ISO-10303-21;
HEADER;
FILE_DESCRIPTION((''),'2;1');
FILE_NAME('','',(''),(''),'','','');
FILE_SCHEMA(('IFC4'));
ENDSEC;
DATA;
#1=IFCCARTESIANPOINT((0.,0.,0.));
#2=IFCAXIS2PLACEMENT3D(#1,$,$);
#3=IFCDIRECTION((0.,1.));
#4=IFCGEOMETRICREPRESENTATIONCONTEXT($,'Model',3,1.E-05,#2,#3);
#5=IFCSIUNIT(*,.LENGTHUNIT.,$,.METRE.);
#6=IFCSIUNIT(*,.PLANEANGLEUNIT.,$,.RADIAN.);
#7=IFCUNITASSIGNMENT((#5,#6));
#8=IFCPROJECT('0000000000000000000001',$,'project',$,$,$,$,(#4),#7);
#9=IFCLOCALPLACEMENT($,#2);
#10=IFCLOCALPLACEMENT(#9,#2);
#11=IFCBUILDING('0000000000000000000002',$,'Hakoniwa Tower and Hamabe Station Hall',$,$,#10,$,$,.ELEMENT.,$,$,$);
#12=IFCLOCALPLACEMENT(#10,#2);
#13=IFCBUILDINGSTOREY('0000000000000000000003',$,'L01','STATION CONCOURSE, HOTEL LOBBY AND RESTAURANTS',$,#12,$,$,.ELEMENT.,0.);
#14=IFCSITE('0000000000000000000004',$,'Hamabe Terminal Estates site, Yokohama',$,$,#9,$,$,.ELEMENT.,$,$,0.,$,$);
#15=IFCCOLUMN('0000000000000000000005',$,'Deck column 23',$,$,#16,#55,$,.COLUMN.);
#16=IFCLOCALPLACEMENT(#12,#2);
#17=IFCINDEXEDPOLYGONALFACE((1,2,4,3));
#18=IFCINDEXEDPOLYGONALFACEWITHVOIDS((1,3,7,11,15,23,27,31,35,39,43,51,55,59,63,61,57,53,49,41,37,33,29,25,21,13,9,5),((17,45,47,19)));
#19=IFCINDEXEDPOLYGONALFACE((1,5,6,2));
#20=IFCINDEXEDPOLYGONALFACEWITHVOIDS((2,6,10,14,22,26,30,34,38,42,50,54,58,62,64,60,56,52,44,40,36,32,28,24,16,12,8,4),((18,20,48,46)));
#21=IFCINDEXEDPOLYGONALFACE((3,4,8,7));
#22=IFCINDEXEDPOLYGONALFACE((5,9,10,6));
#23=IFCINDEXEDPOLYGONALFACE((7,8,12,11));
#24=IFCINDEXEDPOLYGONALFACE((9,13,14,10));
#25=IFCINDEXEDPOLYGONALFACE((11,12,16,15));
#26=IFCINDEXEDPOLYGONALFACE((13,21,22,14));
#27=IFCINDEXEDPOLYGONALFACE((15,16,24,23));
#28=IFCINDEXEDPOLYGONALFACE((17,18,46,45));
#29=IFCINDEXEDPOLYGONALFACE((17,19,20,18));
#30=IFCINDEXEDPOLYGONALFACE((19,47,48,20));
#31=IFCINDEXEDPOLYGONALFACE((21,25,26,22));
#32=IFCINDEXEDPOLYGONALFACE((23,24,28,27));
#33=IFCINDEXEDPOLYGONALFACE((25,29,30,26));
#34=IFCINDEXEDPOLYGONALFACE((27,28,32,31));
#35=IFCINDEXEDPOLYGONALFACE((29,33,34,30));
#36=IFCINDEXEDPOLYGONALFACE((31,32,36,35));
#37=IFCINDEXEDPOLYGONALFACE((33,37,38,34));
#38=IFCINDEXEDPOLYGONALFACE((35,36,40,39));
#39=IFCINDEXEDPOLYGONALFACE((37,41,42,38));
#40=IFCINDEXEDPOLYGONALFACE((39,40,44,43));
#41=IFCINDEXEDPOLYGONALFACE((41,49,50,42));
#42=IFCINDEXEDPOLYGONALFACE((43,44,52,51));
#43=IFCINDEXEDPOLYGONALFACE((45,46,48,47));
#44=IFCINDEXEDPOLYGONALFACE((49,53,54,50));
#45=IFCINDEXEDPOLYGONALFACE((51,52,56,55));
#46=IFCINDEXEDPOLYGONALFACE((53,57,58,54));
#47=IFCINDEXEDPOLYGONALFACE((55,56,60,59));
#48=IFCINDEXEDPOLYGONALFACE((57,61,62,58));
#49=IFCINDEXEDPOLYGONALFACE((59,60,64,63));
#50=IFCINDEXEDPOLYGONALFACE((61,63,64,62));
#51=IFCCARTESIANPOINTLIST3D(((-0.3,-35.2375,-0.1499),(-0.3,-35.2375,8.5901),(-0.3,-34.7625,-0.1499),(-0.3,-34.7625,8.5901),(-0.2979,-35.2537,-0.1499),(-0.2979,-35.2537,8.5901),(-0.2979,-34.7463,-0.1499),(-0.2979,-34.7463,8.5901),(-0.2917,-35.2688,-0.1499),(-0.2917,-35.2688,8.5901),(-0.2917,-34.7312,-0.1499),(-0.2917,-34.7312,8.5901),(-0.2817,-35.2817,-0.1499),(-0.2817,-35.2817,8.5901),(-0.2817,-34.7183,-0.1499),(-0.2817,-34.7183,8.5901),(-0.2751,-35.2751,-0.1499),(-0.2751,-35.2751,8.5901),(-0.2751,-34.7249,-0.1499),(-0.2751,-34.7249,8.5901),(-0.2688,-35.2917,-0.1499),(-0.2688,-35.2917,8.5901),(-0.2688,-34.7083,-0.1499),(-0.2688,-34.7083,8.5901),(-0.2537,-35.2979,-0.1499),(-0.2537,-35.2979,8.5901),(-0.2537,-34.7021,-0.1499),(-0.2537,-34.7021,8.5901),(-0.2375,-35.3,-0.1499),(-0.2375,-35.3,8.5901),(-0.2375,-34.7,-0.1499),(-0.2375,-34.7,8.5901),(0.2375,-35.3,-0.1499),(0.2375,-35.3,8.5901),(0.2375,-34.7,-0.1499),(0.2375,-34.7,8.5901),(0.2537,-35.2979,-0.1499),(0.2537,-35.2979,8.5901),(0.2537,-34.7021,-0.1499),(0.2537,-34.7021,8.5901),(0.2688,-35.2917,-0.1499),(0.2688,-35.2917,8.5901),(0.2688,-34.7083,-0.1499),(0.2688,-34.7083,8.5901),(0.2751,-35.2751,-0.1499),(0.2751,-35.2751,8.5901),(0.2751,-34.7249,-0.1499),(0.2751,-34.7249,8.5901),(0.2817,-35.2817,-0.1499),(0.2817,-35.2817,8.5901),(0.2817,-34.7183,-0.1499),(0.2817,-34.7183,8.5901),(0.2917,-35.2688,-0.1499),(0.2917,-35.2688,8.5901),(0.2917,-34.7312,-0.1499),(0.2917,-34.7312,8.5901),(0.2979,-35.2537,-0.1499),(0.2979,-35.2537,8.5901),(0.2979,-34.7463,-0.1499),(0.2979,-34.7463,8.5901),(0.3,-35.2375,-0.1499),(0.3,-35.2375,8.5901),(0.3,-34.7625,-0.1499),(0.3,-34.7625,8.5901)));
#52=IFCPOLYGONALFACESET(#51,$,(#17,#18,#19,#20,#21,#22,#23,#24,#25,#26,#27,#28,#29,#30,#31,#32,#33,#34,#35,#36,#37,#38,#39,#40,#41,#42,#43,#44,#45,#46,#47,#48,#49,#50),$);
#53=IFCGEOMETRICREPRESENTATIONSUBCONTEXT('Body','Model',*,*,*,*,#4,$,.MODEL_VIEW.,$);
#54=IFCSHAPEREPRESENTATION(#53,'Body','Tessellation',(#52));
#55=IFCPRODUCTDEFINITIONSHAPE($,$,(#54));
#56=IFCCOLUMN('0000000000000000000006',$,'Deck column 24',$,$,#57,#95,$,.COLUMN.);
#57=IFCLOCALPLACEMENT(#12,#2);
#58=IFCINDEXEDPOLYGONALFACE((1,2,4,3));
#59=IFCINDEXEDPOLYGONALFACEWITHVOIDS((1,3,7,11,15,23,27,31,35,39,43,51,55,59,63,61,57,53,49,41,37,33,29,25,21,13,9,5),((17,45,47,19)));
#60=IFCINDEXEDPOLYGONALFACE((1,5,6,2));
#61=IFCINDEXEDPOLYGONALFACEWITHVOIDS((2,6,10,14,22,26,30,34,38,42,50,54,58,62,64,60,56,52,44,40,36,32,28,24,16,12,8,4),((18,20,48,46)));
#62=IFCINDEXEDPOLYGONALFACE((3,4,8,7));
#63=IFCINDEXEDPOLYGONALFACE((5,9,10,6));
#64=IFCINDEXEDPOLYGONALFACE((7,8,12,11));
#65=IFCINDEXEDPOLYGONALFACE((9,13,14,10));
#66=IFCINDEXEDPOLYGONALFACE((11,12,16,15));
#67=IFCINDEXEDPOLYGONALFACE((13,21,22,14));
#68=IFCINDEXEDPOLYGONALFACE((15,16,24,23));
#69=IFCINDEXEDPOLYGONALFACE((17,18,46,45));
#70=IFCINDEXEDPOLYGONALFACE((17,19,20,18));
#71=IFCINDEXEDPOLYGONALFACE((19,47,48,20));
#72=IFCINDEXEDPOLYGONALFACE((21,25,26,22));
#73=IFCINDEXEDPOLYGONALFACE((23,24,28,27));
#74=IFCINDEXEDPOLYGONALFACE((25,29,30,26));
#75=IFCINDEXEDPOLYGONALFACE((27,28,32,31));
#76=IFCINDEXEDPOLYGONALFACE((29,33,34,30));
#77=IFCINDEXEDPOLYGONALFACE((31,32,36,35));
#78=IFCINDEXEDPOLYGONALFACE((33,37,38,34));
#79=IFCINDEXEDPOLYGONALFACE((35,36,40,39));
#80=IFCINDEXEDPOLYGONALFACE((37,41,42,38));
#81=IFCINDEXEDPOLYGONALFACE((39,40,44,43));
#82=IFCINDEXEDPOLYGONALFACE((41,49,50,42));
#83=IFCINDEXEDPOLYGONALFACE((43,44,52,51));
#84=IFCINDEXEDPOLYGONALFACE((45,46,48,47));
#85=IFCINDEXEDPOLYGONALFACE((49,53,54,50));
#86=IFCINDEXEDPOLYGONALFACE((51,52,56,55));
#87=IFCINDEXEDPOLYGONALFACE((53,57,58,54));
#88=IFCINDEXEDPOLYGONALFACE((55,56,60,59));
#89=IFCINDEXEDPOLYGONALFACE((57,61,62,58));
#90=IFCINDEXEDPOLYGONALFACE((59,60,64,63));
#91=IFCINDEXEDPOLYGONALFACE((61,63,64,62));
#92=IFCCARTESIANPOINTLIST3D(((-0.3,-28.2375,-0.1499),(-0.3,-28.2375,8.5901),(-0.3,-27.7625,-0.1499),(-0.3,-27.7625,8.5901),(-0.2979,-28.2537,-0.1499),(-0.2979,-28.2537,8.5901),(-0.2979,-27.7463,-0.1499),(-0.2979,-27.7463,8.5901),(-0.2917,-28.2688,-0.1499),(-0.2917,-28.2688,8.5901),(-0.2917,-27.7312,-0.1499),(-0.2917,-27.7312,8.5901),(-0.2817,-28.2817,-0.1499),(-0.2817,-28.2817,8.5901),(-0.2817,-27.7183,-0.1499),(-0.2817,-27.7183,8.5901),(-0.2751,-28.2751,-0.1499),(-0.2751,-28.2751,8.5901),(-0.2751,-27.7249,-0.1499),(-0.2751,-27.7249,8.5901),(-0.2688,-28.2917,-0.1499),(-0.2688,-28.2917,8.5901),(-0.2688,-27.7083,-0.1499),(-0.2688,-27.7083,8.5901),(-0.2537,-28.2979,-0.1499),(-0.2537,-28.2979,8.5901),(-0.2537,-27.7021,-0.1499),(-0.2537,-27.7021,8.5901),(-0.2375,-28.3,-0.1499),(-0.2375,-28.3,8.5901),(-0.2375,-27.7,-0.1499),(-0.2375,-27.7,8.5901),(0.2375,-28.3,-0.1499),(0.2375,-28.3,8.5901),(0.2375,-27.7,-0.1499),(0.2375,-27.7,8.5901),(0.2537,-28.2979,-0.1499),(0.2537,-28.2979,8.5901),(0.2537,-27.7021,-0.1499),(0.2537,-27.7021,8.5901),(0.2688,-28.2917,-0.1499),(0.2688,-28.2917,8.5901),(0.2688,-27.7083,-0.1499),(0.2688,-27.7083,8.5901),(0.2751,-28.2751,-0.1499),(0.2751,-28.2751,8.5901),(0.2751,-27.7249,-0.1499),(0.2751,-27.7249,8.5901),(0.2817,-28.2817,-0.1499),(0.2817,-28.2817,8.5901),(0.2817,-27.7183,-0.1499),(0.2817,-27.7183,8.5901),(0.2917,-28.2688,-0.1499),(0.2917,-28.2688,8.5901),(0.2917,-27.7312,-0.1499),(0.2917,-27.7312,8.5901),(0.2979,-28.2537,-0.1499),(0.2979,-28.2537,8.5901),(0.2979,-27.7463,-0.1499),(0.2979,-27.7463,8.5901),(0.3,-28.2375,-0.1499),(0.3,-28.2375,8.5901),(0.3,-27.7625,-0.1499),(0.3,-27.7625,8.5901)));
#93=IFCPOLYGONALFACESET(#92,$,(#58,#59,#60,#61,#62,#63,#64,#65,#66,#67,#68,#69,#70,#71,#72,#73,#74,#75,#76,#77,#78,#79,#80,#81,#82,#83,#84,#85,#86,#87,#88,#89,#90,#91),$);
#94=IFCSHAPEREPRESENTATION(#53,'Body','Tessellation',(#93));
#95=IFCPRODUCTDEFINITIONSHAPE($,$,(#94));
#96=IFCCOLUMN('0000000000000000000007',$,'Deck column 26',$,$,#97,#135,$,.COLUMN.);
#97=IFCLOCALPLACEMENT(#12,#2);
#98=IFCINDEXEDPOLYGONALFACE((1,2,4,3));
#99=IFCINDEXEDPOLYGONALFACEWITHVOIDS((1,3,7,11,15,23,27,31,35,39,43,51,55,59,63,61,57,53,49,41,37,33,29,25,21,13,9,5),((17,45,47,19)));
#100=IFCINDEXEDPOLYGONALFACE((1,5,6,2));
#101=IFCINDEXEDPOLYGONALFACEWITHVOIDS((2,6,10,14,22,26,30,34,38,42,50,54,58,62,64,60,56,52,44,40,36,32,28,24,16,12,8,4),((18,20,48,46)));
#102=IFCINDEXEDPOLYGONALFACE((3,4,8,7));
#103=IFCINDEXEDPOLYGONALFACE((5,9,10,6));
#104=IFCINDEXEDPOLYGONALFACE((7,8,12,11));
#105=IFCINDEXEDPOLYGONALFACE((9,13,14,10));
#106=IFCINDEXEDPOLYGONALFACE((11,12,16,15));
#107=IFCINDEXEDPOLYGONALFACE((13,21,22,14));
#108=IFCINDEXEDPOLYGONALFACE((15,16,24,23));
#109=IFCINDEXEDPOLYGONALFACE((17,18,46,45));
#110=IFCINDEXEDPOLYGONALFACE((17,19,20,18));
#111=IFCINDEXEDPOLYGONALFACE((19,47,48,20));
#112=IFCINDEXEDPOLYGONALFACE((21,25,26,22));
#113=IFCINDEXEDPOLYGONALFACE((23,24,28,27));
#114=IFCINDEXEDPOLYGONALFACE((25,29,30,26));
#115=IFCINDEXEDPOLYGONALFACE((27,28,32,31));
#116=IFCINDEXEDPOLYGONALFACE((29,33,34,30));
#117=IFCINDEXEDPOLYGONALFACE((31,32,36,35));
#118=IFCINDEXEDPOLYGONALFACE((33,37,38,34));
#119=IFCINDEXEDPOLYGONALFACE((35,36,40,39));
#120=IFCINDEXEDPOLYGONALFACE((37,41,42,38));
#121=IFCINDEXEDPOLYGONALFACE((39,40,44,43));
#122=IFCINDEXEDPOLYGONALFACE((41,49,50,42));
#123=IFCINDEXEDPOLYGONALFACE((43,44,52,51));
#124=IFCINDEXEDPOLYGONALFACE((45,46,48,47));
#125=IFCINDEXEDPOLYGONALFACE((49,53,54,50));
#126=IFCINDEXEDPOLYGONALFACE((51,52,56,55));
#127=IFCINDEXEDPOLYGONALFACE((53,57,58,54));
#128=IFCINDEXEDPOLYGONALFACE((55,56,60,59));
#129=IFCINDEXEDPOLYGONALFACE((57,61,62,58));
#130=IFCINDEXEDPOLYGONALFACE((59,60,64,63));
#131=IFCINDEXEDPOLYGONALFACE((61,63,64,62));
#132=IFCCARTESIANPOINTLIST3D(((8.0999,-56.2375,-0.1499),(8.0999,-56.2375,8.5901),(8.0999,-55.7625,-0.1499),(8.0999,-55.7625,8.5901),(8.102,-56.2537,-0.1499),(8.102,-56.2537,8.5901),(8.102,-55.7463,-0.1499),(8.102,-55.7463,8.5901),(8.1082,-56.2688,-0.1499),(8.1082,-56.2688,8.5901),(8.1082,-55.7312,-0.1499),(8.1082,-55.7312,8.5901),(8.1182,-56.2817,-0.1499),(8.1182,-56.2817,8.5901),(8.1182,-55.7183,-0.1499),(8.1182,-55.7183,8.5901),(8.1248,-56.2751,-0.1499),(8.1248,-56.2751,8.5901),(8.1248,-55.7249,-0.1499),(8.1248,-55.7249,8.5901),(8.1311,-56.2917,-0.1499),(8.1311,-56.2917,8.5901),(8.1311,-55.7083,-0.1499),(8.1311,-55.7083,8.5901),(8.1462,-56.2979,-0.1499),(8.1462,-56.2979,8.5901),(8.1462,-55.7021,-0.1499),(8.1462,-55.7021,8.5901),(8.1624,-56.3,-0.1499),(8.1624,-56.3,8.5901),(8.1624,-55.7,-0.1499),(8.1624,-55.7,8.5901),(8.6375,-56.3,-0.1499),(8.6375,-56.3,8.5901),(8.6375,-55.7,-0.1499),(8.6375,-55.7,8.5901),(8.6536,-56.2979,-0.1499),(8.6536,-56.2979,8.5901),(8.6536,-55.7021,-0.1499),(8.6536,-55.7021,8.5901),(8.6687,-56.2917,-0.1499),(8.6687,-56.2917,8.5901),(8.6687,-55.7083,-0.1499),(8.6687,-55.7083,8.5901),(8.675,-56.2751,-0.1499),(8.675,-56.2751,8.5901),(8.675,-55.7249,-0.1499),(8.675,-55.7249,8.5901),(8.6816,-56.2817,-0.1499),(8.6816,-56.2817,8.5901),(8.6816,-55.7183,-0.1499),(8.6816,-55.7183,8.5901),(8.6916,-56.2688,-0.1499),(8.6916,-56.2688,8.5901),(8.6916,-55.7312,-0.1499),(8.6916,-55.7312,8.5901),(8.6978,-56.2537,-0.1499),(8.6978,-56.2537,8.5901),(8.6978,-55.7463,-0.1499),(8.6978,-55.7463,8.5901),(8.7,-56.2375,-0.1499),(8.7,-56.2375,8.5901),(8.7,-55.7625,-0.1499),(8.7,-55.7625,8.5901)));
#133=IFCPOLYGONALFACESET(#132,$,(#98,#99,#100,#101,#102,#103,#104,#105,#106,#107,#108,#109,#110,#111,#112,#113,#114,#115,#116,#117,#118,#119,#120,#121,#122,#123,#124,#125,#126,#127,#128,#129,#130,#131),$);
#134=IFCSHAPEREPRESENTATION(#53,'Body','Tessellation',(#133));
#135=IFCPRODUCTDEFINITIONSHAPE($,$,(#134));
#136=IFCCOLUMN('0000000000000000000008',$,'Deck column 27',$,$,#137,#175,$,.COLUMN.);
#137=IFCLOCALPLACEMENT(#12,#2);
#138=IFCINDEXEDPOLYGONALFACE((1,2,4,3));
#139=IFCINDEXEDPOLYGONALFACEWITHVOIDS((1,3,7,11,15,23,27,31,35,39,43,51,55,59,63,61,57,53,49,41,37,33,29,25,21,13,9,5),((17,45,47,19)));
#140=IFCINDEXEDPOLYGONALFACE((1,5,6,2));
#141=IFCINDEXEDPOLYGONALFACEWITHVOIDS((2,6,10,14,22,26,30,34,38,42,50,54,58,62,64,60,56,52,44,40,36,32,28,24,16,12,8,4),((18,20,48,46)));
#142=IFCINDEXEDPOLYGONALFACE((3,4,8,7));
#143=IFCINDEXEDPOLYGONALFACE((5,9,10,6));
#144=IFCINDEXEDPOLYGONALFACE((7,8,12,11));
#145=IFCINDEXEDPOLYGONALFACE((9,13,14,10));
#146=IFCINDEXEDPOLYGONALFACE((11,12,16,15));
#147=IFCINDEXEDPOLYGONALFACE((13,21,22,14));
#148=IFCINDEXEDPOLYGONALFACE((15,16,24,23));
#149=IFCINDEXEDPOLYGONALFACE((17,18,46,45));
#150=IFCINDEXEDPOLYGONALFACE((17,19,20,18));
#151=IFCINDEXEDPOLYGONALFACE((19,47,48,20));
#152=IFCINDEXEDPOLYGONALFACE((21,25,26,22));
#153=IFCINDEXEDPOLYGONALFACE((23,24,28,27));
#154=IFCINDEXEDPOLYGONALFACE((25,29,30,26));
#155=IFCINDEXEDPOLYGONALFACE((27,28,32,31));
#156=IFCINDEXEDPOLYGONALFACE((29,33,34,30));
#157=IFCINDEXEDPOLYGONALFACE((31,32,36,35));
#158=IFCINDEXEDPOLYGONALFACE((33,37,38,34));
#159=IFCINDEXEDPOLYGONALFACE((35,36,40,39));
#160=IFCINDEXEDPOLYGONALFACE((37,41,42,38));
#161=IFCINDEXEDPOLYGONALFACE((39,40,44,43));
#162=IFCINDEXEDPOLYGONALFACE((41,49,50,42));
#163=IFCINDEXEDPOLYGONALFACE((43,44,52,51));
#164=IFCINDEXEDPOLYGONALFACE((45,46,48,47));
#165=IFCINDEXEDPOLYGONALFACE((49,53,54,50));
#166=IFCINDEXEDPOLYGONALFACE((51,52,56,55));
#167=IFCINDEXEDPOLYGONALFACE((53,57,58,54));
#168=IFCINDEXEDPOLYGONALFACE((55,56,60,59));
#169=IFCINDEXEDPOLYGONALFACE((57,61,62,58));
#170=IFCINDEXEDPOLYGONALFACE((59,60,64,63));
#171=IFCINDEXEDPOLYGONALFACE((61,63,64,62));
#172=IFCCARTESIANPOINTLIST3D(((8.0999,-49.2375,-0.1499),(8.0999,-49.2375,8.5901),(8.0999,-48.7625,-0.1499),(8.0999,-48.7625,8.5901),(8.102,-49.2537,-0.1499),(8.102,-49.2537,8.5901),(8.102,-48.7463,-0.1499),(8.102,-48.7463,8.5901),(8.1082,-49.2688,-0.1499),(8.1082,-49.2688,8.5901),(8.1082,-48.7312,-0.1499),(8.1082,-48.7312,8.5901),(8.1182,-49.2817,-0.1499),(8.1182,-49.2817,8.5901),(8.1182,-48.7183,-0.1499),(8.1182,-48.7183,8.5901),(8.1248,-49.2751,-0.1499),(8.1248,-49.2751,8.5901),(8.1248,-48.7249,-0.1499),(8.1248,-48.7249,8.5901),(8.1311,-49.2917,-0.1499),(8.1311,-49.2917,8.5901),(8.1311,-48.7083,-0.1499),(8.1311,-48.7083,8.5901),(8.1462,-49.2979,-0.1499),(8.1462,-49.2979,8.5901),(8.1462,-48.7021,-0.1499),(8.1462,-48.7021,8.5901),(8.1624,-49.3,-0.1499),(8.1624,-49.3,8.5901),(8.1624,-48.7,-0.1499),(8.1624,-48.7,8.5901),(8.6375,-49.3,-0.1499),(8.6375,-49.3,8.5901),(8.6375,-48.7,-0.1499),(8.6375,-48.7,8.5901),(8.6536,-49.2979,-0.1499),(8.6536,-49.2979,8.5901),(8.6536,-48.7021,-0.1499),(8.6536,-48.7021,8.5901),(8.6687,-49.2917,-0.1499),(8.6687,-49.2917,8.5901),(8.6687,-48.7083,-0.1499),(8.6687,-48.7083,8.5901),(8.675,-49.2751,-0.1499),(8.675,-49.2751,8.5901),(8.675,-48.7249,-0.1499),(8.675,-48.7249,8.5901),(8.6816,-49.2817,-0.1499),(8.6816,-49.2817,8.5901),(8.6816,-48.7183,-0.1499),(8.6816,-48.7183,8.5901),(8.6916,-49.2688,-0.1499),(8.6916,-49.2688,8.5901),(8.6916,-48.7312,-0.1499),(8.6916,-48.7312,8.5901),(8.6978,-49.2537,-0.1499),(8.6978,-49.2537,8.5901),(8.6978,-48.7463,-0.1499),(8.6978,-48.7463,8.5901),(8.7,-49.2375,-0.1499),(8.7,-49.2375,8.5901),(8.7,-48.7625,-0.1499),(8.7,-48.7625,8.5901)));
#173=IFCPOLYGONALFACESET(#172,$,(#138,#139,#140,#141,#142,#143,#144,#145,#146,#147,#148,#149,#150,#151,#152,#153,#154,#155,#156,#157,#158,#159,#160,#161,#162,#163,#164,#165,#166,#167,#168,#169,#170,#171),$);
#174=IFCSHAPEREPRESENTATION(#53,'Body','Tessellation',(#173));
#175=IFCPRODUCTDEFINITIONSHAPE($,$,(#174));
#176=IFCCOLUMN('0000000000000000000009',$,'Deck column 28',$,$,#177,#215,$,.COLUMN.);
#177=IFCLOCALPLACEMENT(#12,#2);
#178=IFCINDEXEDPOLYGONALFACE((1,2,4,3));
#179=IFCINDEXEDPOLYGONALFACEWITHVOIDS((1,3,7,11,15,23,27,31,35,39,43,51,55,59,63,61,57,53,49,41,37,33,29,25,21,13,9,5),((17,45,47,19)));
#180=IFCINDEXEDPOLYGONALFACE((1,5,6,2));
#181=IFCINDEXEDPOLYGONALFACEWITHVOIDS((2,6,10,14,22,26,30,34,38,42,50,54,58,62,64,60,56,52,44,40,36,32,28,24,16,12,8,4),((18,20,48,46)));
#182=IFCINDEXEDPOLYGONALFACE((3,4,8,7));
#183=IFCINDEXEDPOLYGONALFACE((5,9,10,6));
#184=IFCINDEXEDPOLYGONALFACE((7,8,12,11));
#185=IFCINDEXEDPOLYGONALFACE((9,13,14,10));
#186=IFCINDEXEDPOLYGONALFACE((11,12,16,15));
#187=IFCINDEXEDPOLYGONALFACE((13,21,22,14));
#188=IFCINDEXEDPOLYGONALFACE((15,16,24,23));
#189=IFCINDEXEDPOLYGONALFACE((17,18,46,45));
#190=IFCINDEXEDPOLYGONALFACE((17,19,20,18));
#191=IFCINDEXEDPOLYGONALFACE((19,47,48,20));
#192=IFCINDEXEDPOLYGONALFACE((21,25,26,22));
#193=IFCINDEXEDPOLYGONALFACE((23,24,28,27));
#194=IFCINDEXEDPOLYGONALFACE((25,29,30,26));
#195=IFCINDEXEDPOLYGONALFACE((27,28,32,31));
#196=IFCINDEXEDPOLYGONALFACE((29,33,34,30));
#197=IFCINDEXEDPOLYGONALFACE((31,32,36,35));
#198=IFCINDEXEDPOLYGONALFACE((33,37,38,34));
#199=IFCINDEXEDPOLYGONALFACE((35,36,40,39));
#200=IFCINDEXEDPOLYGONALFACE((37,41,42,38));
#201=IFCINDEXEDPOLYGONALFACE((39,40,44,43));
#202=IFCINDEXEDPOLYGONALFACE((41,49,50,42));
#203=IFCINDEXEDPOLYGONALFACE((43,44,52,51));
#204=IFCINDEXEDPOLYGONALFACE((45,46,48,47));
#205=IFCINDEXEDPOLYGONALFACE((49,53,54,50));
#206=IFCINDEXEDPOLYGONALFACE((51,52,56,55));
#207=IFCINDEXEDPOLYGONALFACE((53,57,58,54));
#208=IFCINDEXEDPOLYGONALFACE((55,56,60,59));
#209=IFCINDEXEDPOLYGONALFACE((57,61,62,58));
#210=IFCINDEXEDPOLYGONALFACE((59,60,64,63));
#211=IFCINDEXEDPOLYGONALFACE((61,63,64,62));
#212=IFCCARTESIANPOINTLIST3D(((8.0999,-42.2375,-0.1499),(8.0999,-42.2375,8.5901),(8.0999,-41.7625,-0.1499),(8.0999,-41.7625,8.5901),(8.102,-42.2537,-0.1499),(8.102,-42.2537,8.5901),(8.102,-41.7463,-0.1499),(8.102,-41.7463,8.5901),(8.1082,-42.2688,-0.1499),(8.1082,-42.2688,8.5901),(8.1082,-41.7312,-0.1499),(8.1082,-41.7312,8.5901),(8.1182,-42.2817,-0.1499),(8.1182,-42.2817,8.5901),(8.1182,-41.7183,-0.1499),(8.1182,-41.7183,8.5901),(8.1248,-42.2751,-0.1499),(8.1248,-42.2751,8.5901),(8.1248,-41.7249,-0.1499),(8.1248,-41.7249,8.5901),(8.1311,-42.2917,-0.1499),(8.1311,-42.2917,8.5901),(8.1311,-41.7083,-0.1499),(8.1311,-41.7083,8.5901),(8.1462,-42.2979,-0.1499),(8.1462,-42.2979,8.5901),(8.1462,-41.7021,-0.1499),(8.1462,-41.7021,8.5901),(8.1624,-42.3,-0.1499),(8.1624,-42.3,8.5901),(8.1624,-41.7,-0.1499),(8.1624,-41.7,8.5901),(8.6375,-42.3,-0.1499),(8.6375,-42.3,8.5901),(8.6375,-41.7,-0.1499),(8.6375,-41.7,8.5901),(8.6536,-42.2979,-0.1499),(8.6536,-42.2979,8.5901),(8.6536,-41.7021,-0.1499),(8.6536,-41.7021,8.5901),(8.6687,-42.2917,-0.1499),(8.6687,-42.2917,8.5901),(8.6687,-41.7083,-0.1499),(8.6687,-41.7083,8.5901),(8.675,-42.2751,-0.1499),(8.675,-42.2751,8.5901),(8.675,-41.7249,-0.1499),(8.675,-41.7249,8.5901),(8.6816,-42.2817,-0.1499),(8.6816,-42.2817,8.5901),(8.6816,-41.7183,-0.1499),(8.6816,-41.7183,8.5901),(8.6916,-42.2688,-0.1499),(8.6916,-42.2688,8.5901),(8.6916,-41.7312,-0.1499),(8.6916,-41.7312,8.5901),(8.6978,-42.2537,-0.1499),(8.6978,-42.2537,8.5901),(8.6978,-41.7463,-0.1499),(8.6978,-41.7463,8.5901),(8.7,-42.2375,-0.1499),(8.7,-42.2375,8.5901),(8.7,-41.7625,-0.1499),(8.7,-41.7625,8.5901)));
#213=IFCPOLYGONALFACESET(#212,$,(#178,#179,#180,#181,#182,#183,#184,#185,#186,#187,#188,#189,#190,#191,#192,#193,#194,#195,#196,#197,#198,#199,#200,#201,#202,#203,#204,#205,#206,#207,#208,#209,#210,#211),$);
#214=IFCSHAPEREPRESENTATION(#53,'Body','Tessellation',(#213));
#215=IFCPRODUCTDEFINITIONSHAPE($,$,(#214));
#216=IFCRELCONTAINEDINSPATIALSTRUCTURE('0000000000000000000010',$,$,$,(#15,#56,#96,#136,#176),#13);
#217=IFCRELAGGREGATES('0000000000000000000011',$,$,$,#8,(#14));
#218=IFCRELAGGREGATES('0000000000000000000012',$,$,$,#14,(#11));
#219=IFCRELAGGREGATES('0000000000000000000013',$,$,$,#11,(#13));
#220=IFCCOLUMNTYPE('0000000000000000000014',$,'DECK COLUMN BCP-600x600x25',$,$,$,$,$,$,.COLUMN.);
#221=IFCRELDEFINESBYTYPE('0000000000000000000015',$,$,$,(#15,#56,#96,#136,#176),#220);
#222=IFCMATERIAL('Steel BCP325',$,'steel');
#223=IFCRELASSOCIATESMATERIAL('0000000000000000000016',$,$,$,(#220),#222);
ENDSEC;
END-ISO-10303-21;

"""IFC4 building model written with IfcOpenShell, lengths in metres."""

from ifc_helpers import new_model, si_unit, direction, frame, origin, origin_2d, place, context, subcontext, project, spatial, hollow_rectangle, extrude, material, material_profile, profile_set, type_object, element, save


model = new_model("IFC4")

# Units and contexts
model_context = context("Model", 3, precision=1e-05, world=origin(), true_north=direction((0.0, 1.0)))
body_context = subcontext(model_context, "Body", "Model", "MODEL_VIEW")
ifc_project = project(units=[si_unit("LENGTHUNIT", "METRE"), si_unit("PLANEANGLEUNIT", "RADIAN")], contexts=[model_context])

# Site, building, storey
site_placement = place(None, origin())
site = spatial("IfcSite", under=ifc_project, at=site_placement, Name="Hamabe Terminal Estates site, Yokohama", CompositionType="ELEMENT", RefElevation=0.0)
building_placement = place(site_placement, origin())
building = spatial("IfcBuilding", under=site, at=building_placement, Name="Hakoniwa Tower and Hamabe Station Hall", CompositionType="ELEMENT")
storey_placement = place(building_placement, origin())
storey = spatial("IfcBuildingStorey", under=building, at=storey_placement, Name="L01", Description="STATION CONCOURSE, HOTEL LOBBY AND RESTAURANTS", CompositionType="ELEMENT", Elevation=0.0)

# Columns
ifc_material_1 = material(Name="Steel BCP325", Category="steel")
ifc_material_profile_1 = material_profile(ifc_material_1, hollow_rectangle(XDim=0.6001, YDim=0.6001, WallThickness=0.0249, OuterFilletRadius=0.0625, at=origin_2d()), Name="DECK COLUMN BCP-600x600x25")
ifc_profile_set_1 = profile_set([ifc_material_profile_1], Name="Steel BCP325")
column_type = type_object("IfcColumnType", Name="DECK COLUMN BCP-600x600x25", PredefinedType="COLUMN", material=ifc_profile_set_1)
for number, where, z_axis, x_axis, name in (
    (1, (0.0, -35.0, -0.1499), (0.0, 0.0, 1.0), (1.0, 0.0, 0.0), "Deck column 23"),
    (2, (0.0, -28.0, -0.1499), (0.0, 0.0, 1.0), (1.0, 0.0, 0.0), "Deck column 24"),
    (3, (8.3999, -56.0, -0.1499), (0.0, 0.0, 1.0), (1.0, 0.0, 0.0), "Deck column 26"),
    (4, (8.3999, -49.0, -0.1499), (0.0, 0.0, 1.0), (1.0, 0.0, 0.0), "Deck column 27"),
    (5, (8.3999, -42.0, -0.1499), (0.0, 0.0, 1.0), (1.0, 0.0, 0.0), "Deck column 28"),
):
    element("IfcColumn", number, at=place(storey_placement, frame(where, z_axis=z_axis, x_axis=x_axis)), inside=storey, type_object=column_type, Name=name, PredefinedType="COLUMN", context=body_context, shape_type="SweptSolid", body=[
        extrude(hollow_rectangle(XDim=0.6001, YDim=0.6001, WallThickness=0.0249, OuterFilletRadius=0.0625, at=origin_2d()), origin(), (0.0, 0.0, 1.0), 8.74),
    ])

save(model, "model.ifc")
